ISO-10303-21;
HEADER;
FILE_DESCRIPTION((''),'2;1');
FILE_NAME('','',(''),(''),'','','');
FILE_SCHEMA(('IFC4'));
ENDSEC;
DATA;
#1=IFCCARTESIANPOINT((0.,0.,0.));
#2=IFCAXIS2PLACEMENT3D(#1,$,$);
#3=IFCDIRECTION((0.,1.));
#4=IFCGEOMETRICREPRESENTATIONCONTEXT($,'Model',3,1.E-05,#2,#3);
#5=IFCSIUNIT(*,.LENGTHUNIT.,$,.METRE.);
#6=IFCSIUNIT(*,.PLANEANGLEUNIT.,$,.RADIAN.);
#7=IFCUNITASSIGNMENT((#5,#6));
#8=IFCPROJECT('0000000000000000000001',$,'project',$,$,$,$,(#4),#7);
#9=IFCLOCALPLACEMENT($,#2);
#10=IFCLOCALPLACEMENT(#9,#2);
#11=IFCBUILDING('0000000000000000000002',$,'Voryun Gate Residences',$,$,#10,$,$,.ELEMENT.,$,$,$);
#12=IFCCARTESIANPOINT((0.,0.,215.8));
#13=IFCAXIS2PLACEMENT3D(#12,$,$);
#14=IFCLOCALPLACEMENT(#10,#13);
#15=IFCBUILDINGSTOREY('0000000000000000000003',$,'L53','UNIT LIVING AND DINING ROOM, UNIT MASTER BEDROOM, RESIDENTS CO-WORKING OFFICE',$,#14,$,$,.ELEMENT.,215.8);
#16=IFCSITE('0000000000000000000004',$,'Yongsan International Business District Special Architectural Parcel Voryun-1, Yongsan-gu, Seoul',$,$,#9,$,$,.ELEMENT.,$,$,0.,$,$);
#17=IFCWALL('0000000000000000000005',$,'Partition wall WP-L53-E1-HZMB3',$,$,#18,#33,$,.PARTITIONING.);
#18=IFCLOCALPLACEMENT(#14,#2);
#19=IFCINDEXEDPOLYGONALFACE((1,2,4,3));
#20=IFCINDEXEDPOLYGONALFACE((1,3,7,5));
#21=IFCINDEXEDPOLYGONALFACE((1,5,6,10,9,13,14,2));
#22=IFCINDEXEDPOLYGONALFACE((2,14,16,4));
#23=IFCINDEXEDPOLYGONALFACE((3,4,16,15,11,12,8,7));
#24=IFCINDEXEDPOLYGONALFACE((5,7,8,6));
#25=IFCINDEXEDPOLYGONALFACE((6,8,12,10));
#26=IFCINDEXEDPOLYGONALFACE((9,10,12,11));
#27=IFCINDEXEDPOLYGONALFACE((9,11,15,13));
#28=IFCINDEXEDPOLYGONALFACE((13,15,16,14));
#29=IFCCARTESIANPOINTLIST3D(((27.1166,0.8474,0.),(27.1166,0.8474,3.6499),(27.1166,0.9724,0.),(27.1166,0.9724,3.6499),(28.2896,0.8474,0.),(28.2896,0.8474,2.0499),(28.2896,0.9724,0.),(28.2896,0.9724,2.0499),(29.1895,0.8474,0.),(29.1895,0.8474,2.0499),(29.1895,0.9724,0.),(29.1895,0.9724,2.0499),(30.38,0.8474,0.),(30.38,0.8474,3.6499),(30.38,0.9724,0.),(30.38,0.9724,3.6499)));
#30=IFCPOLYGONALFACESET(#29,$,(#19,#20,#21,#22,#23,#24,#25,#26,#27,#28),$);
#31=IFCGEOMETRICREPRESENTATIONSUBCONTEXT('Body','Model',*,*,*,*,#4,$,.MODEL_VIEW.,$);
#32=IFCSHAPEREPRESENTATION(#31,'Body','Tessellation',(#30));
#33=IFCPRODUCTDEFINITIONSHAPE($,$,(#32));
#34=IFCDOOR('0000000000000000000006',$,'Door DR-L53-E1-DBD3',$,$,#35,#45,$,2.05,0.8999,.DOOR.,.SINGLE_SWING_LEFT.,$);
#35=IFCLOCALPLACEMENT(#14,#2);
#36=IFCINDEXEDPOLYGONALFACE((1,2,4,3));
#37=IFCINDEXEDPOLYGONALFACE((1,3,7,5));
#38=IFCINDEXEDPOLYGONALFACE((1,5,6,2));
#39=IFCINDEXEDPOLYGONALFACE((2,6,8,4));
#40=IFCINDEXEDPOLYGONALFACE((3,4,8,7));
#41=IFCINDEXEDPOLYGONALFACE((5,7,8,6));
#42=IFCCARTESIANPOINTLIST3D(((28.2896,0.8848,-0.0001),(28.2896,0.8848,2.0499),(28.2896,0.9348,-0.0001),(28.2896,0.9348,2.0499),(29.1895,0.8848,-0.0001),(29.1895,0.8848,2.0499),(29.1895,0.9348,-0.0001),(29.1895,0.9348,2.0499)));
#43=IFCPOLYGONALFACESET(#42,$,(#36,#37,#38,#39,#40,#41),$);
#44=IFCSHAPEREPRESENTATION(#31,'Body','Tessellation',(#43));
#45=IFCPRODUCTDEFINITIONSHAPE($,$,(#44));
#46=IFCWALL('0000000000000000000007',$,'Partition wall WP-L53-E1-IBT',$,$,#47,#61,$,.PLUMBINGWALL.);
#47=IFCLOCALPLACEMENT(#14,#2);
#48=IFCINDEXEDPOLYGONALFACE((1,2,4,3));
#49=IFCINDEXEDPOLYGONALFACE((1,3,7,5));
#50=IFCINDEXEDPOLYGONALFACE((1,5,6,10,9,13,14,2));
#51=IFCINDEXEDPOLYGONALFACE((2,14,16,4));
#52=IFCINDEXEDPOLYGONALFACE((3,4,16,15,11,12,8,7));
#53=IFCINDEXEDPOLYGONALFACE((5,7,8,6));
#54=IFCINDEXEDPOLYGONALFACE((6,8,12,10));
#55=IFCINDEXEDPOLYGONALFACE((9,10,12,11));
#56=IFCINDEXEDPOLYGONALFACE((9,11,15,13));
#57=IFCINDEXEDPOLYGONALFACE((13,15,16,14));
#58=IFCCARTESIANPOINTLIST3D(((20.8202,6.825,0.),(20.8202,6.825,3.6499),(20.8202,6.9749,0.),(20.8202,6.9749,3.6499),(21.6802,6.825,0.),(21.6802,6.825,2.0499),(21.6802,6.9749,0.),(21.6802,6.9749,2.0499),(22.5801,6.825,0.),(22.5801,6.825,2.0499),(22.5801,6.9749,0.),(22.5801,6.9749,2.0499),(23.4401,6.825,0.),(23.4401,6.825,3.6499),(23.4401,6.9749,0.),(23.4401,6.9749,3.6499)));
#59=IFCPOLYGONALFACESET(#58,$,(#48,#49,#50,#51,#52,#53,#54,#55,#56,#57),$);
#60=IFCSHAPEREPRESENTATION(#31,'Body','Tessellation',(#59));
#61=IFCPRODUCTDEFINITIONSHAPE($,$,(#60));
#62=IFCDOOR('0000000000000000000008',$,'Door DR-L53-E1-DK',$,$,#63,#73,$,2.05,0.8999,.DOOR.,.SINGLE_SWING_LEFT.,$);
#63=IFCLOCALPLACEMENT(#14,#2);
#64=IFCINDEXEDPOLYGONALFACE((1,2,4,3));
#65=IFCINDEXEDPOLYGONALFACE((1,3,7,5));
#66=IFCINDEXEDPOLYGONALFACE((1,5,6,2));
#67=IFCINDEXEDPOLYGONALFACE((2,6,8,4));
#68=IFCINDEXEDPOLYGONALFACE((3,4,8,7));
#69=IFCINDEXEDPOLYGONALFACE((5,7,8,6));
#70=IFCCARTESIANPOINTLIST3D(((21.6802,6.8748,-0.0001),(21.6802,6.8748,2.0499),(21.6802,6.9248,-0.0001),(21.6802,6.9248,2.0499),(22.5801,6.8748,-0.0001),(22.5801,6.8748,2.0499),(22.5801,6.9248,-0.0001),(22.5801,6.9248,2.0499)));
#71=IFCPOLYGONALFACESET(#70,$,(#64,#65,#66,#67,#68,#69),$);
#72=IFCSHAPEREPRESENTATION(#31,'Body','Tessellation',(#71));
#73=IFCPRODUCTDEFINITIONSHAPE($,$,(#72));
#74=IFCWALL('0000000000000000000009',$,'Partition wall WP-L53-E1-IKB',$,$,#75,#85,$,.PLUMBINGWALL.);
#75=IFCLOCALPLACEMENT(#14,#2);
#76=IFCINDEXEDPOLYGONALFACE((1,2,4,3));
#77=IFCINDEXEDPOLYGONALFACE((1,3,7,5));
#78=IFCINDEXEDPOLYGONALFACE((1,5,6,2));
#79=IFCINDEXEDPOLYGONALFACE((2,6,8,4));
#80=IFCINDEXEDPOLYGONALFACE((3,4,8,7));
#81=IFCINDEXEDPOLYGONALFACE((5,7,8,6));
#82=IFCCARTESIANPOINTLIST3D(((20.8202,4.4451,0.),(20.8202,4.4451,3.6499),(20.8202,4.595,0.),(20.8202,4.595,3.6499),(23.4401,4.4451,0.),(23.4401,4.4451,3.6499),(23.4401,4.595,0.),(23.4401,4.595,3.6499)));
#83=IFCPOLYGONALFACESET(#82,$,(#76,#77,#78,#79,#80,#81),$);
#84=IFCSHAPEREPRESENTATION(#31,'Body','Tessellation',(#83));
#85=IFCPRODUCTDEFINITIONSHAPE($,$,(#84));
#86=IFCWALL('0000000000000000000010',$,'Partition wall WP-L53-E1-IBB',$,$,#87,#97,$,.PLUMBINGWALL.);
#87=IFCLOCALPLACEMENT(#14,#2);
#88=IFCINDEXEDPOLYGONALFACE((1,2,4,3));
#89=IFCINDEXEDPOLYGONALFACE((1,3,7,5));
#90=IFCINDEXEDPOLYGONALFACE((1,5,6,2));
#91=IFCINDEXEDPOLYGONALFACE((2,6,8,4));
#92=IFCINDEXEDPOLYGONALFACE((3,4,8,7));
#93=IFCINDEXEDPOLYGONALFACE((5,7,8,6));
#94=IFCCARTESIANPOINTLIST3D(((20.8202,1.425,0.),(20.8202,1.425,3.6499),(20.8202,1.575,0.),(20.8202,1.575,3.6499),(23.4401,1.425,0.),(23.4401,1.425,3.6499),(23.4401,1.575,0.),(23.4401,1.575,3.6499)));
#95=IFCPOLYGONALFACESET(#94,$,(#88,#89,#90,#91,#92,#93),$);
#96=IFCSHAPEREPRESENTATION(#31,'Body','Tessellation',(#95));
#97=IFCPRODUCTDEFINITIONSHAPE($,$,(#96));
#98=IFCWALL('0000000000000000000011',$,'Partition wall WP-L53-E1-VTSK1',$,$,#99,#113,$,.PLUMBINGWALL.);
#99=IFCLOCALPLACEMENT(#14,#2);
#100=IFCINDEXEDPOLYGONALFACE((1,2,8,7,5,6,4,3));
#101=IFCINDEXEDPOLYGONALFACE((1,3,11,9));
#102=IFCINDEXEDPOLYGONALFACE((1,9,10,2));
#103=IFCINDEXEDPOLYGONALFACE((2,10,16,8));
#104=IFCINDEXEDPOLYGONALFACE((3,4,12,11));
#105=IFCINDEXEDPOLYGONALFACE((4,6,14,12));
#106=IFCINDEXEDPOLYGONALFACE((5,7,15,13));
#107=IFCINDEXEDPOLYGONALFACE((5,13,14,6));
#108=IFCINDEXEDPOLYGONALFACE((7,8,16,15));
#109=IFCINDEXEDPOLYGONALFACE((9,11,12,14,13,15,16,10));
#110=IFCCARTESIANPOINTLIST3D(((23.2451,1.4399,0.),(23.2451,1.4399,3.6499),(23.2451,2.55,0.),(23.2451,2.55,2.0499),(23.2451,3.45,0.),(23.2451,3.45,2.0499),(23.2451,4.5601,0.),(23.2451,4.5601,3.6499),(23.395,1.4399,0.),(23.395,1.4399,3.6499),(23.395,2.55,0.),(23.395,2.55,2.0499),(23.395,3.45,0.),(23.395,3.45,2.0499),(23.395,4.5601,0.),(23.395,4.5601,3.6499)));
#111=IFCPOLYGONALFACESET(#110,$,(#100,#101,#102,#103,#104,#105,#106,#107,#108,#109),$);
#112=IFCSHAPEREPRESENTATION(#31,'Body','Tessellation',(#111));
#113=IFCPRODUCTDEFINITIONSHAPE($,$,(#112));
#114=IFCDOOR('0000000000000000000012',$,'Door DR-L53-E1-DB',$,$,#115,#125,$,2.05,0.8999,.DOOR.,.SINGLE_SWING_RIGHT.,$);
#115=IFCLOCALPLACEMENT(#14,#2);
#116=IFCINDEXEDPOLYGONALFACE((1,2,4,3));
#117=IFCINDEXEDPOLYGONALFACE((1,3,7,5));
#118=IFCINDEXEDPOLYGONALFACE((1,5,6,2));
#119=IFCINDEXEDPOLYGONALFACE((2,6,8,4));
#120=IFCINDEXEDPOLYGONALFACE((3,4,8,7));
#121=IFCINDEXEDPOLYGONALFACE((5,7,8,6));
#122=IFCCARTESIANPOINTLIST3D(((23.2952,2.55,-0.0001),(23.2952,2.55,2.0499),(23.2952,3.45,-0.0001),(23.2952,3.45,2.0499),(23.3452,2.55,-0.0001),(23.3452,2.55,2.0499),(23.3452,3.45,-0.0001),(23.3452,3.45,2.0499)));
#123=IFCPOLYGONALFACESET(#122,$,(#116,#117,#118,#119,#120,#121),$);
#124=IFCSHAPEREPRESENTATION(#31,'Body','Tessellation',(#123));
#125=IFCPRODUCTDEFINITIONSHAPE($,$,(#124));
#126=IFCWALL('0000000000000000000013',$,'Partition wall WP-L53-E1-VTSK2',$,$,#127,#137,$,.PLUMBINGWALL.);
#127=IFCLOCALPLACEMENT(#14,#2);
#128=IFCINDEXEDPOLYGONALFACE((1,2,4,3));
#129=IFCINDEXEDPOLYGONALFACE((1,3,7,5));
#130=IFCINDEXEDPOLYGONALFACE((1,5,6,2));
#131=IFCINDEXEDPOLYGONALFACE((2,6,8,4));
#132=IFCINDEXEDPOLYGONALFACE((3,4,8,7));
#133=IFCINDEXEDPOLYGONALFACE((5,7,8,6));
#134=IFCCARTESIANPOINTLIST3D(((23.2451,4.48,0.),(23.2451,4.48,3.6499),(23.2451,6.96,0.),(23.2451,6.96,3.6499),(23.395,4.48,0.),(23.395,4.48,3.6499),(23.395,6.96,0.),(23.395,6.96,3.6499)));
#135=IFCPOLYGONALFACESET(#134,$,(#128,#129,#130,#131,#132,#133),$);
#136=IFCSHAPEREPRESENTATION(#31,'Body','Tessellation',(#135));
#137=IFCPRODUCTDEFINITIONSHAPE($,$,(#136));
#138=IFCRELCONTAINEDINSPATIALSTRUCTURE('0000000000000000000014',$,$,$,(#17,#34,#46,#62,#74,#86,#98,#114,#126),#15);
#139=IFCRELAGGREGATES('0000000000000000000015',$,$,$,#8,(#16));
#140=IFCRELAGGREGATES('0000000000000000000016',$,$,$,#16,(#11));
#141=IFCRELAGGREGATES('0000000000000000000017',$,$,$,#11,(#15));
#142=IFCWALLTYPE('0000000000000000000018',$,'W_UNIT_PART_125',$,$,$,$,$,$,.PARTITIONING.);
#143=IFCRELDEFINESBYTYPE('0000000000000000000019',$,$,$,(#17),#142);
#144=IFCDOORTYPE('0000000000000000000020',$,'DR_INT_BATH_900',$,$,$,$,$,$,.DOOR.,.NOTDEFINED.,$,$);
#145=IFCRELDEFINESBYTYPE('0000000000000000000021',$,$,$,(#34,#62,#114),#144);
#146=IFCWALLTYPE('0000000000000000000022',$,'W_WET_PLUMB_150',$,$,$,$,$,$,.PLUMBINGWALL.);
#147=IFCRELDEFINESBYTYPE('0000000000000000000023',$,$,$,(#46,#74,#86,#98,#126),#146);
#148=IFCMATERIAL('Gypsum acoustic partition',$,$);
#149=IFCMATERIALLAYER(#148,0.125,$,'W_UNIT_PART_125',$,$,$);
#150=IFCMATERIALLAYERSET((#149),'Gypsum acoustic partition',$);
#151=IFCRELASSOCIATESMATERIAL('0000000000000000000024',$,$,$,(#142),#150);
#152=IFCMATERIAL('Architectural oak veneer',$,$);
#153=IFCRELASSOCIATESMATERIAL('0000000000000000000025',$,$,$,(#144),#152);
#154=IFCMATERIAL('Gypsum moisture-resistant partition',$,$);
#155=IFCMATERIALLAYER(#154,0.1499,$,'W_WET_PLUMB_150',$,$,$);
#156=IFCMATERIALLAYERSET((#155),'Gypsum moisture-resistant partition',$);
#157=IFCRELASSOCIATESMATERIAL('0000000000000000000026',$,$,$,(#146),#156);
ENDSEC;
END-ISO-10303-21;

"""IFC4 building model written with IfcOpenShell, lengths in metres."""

from ifc_helpers import new_model, si_unit, direction, frame, frame_2d, origin, place, context, subcontext, project, spatial, rectangle, extrude, material, layer, layer_set, type_object, element, fill, save


model = new_model("IFC4")

# Units and contexts
model_context = context("Model", 3, precision=1e-05, world=origin(), true_north=direction((0.0, 1.0)))
body_context = subcontext(model_context, "Body", "Model", "MODEL_VIEW")
ifc_project = project(units=[si_unit("LENGTHUNIT", "METRE"), si_unit("PLANEANGLEUNIT", "RADIAN")], contexts=[model_context])

# Site, building, storey
site_placement = place(None, origin())
site = spatial("IfcSite", under=ifc_project, at=site_placement, Name="Yongsan International Business District Special Architectural Parcel Voryun-1, Yongsan-gu, Seoul", CompositionType="ELEMENT", RefElevation=0.0)
building_placement = place(site_placement, origin())
building = spatial("IfcBuilding", under=site, at=building_placement, Name="Voryun Gate Residences", CompositionType="ELEMENT")
storey_placement = place(building_placement, frame((0.0, 0.0, 215.8)))
storey = spatial("IfcBuildingStorey", under=building, at=storey_placement, Name="L53", Description="UNIT LIVING AND DINING ROOM, UNIT MASTER BEDROOM, RESIDENTS CO-WORKING OFFICE", CompositionType="ELEMENT", Elevation=215.8)

# Walls, openings, doors
ifc_material_1 = material(Name="Gypsum acoustic partition")
ifc_layer_1 = layer(ifc_material_1, 0.125, Name="W_UNIT_PART_125")
ifc_layer_set_1 = layer_set([ifc_layer_1], Name="Gypsum acoustic partition")
wall_type_1 = type_object("IfcWallType", Name="W_UNIT_PART_125", PredefinedType="PARTITIONING", material=ifc_layer_set_1)
ifc_material_2 = material(Name="Architectural oak veneer")
door_type_1 = type_object("IfcDoorType", Name="DR_INT_BATH_900", OperationType="NOTDEFINED", PredefinedType="DOOR", material=ifc_material_2)
wall_1_placement = place(storey_placement, frame((27.1165, 0.9099, 0.0), z_axis=(0.0, 0.0, 1.0), x_axis=(1.0, 0.0, 0.0)))
wall_1 = element("IfcWall", 1, at=wall_1_placement, inside=storey, type_object=wall_type_1, Name="Partition wall WP-L53-E1-HZMB3", PredefinedType="PARTITIONING", context=body_context, shape_type="SweptSolid", body=[
    extrude(rectangle(XDim=3.2634, YDim=0.125, at=frame_2d((1.6318, 0.0))), origin(), (0.0, 0.0, 1.0), 3.6499),
])
opening_1_placement = place(wall_1_placement, frame((1.1731, 0.0, 0.0)))
opening_1 = element("IfcOpeningElement", 2, at=opening_1_placement, cuts=wall_1, PredefinedType="OPENING", context=body_context, shape_type="SweptSolid", body=[
    extrude(rectangle(XDim=0.8999, YDim=2.05, at=frame_2d((0.45, 1.0249))), frame((0.0, 0.0725, 0.0), z_axis=(0.0, -1.0, 0.0), x_axis=(1.0, 0.0, 0.0)), (0.0, 0.0, 1.0), 0.145),
])
door_1_placement = place(opening_1_placement, origin())
door_1 = element("IfcDoor", 3, at=door_1_placement, inside=storey, type_object=door_type_1, Name="Door DR-L53-E1-DBD3", OperationType="SINGLE_SWING_LEFT", OverallHeight=2.05, OverallWidth=0.8999, PredefinedType="DOOR", context=body_context, shape_type="SweptSolid", body=[
    extrude(rectangle(XDim=0.8999, YDim=2.05, at=frame_2d((0.45, 1.0249))), frame((0.0, 0.0249, 0.0), z_axis=(0.0, -1.0, 0.0), x_axis=(1.0, 0.0, 0.0)), (0.0, 0.0, 1.0), 0.05),
])
fill(opening_1, door_1)
ifc_material_3 = material(Name="Gypsum moisture-resistant partition")
ifc_layer_2 = layer(ifc_material_3, 0.1499, Name="W_WET_PLUMB_150")
ifc_layer_set_2 = layer_set([ifc_layer_2], Name="Gypsum moisture-resistant partition")
wall_type_2 = type_object("IfcWallType", Name="W_WET_PLUMB_150", PredefinedType="PLUMBINGWALL", material=ifc_layer_set_2)
wall_2_placement = place(storey_placement, frame((20.8201, 6.8999, 0.0), z_axis=(0.0, 0.0, 1.0), x_axis=(1.0, 0.0, 0.0)))
wall_2 = element("IfcWall", 4, at=wall_2_placement, inside=storey, type_object=wall_type_2, Name="Partition wall WP-L53-E1-IBT", PredefinedType="PLUMBINGWALL", context=body_context, shape_type="SweptSolid", body=[
    extrude(rectangle(XDim=2.6199, YDim=0.1499, at=frame_2d((1.3101, 0.0))), origin(), (0.0, 0.0, 1.0), 3.6499),
])
opening_2_placement = place(wall_2_placement, frame((0.8601, 0.0, 0.0)))
opening_2 = element("IfcOpeningElement", 5, at=opening_2_placement, cuts=wall_2, PredefinedType="OPENING", context=body_context, shape_type="SweptSolid", body=[
    extrude(rectangle(XDim=0.8999, YDim=2.05, at=frame_2d((0.45, 1.0249))), frame((0.0, 0.085, 0.0), z_axis=(0.0, -1.0, 0.0), x_axis=(1.0, 0.0, 0.0)), (0.0, 0.0, 1.0), 0.1699),
])
door_2_placement = place(opening_2_placement, origin())
door_2 = element("IfcDoor", 6, at=door_2_placement, inside=storey, type_object=door_type_1, Name="Door DR-L53-E1-DK", OperationType="SINGLE_SWING_LEFT", OverallHeight=2.05, OverallWidth=0.8999, PredefinedType="DOOR", context=body_context, shape_type="SweptSolid", body=[
    extrude(rectangle(XDim=0.8999, YDim=2.05, at=frame_2d((0.45, 1.0249))), frame((0.0, 0.0249, 0.0), z_axis=(0.0, -1.0, 0.0), x_axis=(1.0, 0.0, 0.0)), (0.0, 0.0, 1.0), 0.05),
])
fill(opening_2, door_2)

# Walls
for number, where, z_axis, x_axis, name in (
    (7, (20.8201, 4.52, 0.0), (0.0, 0.0, 1.0), (1.0, 0.0, 0.0), "Partition wall WP-L53-E1-IKB"),
    (8, (20.8201, 1.5, 0.0), (0.0, 0.0, 1.0), (1.0, 0.0, 0.0), "Partition wall WP-L53-E1-IBB"),
):
    element("IfcWall", number, at=place(storey_placement, frame(where, z_axis=z_axis, x_axis=x_axis)), inside=storey, type_object=wall_type_2, Name=name, PredefinedType="PLUMBINGWALL", context=body_context, shape_type="SweptSolid", body=[
        extrude(rectangle(XDim=2.6199, YDim=0.1499, at=frame_2d((1.3101, 0.0))), origin(), (0.0, 0.0, 1.0), 3.6499),
    ])

# Wall, opening, door
wall_3_placement = place(storey_placement, frame((23.3201, 1.4399, 0.0), z_axis=(0.0, 0.0, 1.0), x_axis=(0.0, 1.0, 0.0)))
wall_3 = element("IfcWall", 9, at=wall_3_placement, inside=storey, type_object=wall_type_2, Name="Partition wall WP-L53-E1-VTSK1", PredefinedType="PLUMBINGWALL", context=body_context, shape_type="SweptSolid", body=[
    extrude(rectangle(XDim=3.1201, YDim=0.1499, at=frame_2d((1.5601, 0.0))), origin(), (0.0, 0.0, 1.0), 3.6499),
])
opening_3_placement = place(wall_3_placement, frame((1.1101, 0.0, 0.0)))
opening_3 = element("IfcOpeningElement", 10, at=opening_3_placement, cuts=wall_3, PredefinedType="OPENING", context=body_context, shape_type="SweptSolid", body=[
    extrude(rectangle(XDim=0.8999, YDim=2.05, at=frame_2d((0.45, 1.0249))), frame((0.0, 0.085, 0.0), z_axis=(0.0, -1.0, 0.0), x_axis=(1.0, 0.0, 0.0)), (0.0, 0.0, 1.0), 0.1699),
])
door_3_placement = place(opening_3_placement, origin())
door_3 = element("IfcDoor", 11, at=door_3_placement, inside=storey, type_object=door_type_1, Name="Door DR-L53-E1-DB", OperationType="SINGLE_SWING_RIGHT", OverallHeight=2.05, OverallWidth=0.8999, PredefinedType="DOOR", context=body_context, shape_type="SweptSolid", body=[
    extrude(rectangle(XDim=0.8999, YDim=2.05, at=frame_2d((0.45, 1.0249))), frame((0.0, 0.0249, 0.0), z_axis=(0.0, -1.0, 0.0), x_axis=(1.0, 0.0, 0.0)), (0.0, 0.0, 1.0), 0.05),
])
fill(opening_3, door_3)

# Wall
wall_4_placement = place(storey_placement, frame((23.3201, 4.48, 0.0), z_axis=(0.0, 0.0, 1.0), x_axis=(0.0, 1.0, 0.0)))
element("IfcWall", 12, at=wall_4_placement, inside=storey, type_object=wall_type_2, Name="Partition wall WP-L53-E1-VTSK2", PredefinedType="PLUMBINGWALL", context=body_context, shape_type="SweptSolid", body=[
    extrude(rectangle(XDim=2.48, YDim=0.1499, at=frame_2d((1.24, 0.0))), origin(), (0.0, 0.0, 1.0), 3.6499),
])

save(model, "model.ifc")
